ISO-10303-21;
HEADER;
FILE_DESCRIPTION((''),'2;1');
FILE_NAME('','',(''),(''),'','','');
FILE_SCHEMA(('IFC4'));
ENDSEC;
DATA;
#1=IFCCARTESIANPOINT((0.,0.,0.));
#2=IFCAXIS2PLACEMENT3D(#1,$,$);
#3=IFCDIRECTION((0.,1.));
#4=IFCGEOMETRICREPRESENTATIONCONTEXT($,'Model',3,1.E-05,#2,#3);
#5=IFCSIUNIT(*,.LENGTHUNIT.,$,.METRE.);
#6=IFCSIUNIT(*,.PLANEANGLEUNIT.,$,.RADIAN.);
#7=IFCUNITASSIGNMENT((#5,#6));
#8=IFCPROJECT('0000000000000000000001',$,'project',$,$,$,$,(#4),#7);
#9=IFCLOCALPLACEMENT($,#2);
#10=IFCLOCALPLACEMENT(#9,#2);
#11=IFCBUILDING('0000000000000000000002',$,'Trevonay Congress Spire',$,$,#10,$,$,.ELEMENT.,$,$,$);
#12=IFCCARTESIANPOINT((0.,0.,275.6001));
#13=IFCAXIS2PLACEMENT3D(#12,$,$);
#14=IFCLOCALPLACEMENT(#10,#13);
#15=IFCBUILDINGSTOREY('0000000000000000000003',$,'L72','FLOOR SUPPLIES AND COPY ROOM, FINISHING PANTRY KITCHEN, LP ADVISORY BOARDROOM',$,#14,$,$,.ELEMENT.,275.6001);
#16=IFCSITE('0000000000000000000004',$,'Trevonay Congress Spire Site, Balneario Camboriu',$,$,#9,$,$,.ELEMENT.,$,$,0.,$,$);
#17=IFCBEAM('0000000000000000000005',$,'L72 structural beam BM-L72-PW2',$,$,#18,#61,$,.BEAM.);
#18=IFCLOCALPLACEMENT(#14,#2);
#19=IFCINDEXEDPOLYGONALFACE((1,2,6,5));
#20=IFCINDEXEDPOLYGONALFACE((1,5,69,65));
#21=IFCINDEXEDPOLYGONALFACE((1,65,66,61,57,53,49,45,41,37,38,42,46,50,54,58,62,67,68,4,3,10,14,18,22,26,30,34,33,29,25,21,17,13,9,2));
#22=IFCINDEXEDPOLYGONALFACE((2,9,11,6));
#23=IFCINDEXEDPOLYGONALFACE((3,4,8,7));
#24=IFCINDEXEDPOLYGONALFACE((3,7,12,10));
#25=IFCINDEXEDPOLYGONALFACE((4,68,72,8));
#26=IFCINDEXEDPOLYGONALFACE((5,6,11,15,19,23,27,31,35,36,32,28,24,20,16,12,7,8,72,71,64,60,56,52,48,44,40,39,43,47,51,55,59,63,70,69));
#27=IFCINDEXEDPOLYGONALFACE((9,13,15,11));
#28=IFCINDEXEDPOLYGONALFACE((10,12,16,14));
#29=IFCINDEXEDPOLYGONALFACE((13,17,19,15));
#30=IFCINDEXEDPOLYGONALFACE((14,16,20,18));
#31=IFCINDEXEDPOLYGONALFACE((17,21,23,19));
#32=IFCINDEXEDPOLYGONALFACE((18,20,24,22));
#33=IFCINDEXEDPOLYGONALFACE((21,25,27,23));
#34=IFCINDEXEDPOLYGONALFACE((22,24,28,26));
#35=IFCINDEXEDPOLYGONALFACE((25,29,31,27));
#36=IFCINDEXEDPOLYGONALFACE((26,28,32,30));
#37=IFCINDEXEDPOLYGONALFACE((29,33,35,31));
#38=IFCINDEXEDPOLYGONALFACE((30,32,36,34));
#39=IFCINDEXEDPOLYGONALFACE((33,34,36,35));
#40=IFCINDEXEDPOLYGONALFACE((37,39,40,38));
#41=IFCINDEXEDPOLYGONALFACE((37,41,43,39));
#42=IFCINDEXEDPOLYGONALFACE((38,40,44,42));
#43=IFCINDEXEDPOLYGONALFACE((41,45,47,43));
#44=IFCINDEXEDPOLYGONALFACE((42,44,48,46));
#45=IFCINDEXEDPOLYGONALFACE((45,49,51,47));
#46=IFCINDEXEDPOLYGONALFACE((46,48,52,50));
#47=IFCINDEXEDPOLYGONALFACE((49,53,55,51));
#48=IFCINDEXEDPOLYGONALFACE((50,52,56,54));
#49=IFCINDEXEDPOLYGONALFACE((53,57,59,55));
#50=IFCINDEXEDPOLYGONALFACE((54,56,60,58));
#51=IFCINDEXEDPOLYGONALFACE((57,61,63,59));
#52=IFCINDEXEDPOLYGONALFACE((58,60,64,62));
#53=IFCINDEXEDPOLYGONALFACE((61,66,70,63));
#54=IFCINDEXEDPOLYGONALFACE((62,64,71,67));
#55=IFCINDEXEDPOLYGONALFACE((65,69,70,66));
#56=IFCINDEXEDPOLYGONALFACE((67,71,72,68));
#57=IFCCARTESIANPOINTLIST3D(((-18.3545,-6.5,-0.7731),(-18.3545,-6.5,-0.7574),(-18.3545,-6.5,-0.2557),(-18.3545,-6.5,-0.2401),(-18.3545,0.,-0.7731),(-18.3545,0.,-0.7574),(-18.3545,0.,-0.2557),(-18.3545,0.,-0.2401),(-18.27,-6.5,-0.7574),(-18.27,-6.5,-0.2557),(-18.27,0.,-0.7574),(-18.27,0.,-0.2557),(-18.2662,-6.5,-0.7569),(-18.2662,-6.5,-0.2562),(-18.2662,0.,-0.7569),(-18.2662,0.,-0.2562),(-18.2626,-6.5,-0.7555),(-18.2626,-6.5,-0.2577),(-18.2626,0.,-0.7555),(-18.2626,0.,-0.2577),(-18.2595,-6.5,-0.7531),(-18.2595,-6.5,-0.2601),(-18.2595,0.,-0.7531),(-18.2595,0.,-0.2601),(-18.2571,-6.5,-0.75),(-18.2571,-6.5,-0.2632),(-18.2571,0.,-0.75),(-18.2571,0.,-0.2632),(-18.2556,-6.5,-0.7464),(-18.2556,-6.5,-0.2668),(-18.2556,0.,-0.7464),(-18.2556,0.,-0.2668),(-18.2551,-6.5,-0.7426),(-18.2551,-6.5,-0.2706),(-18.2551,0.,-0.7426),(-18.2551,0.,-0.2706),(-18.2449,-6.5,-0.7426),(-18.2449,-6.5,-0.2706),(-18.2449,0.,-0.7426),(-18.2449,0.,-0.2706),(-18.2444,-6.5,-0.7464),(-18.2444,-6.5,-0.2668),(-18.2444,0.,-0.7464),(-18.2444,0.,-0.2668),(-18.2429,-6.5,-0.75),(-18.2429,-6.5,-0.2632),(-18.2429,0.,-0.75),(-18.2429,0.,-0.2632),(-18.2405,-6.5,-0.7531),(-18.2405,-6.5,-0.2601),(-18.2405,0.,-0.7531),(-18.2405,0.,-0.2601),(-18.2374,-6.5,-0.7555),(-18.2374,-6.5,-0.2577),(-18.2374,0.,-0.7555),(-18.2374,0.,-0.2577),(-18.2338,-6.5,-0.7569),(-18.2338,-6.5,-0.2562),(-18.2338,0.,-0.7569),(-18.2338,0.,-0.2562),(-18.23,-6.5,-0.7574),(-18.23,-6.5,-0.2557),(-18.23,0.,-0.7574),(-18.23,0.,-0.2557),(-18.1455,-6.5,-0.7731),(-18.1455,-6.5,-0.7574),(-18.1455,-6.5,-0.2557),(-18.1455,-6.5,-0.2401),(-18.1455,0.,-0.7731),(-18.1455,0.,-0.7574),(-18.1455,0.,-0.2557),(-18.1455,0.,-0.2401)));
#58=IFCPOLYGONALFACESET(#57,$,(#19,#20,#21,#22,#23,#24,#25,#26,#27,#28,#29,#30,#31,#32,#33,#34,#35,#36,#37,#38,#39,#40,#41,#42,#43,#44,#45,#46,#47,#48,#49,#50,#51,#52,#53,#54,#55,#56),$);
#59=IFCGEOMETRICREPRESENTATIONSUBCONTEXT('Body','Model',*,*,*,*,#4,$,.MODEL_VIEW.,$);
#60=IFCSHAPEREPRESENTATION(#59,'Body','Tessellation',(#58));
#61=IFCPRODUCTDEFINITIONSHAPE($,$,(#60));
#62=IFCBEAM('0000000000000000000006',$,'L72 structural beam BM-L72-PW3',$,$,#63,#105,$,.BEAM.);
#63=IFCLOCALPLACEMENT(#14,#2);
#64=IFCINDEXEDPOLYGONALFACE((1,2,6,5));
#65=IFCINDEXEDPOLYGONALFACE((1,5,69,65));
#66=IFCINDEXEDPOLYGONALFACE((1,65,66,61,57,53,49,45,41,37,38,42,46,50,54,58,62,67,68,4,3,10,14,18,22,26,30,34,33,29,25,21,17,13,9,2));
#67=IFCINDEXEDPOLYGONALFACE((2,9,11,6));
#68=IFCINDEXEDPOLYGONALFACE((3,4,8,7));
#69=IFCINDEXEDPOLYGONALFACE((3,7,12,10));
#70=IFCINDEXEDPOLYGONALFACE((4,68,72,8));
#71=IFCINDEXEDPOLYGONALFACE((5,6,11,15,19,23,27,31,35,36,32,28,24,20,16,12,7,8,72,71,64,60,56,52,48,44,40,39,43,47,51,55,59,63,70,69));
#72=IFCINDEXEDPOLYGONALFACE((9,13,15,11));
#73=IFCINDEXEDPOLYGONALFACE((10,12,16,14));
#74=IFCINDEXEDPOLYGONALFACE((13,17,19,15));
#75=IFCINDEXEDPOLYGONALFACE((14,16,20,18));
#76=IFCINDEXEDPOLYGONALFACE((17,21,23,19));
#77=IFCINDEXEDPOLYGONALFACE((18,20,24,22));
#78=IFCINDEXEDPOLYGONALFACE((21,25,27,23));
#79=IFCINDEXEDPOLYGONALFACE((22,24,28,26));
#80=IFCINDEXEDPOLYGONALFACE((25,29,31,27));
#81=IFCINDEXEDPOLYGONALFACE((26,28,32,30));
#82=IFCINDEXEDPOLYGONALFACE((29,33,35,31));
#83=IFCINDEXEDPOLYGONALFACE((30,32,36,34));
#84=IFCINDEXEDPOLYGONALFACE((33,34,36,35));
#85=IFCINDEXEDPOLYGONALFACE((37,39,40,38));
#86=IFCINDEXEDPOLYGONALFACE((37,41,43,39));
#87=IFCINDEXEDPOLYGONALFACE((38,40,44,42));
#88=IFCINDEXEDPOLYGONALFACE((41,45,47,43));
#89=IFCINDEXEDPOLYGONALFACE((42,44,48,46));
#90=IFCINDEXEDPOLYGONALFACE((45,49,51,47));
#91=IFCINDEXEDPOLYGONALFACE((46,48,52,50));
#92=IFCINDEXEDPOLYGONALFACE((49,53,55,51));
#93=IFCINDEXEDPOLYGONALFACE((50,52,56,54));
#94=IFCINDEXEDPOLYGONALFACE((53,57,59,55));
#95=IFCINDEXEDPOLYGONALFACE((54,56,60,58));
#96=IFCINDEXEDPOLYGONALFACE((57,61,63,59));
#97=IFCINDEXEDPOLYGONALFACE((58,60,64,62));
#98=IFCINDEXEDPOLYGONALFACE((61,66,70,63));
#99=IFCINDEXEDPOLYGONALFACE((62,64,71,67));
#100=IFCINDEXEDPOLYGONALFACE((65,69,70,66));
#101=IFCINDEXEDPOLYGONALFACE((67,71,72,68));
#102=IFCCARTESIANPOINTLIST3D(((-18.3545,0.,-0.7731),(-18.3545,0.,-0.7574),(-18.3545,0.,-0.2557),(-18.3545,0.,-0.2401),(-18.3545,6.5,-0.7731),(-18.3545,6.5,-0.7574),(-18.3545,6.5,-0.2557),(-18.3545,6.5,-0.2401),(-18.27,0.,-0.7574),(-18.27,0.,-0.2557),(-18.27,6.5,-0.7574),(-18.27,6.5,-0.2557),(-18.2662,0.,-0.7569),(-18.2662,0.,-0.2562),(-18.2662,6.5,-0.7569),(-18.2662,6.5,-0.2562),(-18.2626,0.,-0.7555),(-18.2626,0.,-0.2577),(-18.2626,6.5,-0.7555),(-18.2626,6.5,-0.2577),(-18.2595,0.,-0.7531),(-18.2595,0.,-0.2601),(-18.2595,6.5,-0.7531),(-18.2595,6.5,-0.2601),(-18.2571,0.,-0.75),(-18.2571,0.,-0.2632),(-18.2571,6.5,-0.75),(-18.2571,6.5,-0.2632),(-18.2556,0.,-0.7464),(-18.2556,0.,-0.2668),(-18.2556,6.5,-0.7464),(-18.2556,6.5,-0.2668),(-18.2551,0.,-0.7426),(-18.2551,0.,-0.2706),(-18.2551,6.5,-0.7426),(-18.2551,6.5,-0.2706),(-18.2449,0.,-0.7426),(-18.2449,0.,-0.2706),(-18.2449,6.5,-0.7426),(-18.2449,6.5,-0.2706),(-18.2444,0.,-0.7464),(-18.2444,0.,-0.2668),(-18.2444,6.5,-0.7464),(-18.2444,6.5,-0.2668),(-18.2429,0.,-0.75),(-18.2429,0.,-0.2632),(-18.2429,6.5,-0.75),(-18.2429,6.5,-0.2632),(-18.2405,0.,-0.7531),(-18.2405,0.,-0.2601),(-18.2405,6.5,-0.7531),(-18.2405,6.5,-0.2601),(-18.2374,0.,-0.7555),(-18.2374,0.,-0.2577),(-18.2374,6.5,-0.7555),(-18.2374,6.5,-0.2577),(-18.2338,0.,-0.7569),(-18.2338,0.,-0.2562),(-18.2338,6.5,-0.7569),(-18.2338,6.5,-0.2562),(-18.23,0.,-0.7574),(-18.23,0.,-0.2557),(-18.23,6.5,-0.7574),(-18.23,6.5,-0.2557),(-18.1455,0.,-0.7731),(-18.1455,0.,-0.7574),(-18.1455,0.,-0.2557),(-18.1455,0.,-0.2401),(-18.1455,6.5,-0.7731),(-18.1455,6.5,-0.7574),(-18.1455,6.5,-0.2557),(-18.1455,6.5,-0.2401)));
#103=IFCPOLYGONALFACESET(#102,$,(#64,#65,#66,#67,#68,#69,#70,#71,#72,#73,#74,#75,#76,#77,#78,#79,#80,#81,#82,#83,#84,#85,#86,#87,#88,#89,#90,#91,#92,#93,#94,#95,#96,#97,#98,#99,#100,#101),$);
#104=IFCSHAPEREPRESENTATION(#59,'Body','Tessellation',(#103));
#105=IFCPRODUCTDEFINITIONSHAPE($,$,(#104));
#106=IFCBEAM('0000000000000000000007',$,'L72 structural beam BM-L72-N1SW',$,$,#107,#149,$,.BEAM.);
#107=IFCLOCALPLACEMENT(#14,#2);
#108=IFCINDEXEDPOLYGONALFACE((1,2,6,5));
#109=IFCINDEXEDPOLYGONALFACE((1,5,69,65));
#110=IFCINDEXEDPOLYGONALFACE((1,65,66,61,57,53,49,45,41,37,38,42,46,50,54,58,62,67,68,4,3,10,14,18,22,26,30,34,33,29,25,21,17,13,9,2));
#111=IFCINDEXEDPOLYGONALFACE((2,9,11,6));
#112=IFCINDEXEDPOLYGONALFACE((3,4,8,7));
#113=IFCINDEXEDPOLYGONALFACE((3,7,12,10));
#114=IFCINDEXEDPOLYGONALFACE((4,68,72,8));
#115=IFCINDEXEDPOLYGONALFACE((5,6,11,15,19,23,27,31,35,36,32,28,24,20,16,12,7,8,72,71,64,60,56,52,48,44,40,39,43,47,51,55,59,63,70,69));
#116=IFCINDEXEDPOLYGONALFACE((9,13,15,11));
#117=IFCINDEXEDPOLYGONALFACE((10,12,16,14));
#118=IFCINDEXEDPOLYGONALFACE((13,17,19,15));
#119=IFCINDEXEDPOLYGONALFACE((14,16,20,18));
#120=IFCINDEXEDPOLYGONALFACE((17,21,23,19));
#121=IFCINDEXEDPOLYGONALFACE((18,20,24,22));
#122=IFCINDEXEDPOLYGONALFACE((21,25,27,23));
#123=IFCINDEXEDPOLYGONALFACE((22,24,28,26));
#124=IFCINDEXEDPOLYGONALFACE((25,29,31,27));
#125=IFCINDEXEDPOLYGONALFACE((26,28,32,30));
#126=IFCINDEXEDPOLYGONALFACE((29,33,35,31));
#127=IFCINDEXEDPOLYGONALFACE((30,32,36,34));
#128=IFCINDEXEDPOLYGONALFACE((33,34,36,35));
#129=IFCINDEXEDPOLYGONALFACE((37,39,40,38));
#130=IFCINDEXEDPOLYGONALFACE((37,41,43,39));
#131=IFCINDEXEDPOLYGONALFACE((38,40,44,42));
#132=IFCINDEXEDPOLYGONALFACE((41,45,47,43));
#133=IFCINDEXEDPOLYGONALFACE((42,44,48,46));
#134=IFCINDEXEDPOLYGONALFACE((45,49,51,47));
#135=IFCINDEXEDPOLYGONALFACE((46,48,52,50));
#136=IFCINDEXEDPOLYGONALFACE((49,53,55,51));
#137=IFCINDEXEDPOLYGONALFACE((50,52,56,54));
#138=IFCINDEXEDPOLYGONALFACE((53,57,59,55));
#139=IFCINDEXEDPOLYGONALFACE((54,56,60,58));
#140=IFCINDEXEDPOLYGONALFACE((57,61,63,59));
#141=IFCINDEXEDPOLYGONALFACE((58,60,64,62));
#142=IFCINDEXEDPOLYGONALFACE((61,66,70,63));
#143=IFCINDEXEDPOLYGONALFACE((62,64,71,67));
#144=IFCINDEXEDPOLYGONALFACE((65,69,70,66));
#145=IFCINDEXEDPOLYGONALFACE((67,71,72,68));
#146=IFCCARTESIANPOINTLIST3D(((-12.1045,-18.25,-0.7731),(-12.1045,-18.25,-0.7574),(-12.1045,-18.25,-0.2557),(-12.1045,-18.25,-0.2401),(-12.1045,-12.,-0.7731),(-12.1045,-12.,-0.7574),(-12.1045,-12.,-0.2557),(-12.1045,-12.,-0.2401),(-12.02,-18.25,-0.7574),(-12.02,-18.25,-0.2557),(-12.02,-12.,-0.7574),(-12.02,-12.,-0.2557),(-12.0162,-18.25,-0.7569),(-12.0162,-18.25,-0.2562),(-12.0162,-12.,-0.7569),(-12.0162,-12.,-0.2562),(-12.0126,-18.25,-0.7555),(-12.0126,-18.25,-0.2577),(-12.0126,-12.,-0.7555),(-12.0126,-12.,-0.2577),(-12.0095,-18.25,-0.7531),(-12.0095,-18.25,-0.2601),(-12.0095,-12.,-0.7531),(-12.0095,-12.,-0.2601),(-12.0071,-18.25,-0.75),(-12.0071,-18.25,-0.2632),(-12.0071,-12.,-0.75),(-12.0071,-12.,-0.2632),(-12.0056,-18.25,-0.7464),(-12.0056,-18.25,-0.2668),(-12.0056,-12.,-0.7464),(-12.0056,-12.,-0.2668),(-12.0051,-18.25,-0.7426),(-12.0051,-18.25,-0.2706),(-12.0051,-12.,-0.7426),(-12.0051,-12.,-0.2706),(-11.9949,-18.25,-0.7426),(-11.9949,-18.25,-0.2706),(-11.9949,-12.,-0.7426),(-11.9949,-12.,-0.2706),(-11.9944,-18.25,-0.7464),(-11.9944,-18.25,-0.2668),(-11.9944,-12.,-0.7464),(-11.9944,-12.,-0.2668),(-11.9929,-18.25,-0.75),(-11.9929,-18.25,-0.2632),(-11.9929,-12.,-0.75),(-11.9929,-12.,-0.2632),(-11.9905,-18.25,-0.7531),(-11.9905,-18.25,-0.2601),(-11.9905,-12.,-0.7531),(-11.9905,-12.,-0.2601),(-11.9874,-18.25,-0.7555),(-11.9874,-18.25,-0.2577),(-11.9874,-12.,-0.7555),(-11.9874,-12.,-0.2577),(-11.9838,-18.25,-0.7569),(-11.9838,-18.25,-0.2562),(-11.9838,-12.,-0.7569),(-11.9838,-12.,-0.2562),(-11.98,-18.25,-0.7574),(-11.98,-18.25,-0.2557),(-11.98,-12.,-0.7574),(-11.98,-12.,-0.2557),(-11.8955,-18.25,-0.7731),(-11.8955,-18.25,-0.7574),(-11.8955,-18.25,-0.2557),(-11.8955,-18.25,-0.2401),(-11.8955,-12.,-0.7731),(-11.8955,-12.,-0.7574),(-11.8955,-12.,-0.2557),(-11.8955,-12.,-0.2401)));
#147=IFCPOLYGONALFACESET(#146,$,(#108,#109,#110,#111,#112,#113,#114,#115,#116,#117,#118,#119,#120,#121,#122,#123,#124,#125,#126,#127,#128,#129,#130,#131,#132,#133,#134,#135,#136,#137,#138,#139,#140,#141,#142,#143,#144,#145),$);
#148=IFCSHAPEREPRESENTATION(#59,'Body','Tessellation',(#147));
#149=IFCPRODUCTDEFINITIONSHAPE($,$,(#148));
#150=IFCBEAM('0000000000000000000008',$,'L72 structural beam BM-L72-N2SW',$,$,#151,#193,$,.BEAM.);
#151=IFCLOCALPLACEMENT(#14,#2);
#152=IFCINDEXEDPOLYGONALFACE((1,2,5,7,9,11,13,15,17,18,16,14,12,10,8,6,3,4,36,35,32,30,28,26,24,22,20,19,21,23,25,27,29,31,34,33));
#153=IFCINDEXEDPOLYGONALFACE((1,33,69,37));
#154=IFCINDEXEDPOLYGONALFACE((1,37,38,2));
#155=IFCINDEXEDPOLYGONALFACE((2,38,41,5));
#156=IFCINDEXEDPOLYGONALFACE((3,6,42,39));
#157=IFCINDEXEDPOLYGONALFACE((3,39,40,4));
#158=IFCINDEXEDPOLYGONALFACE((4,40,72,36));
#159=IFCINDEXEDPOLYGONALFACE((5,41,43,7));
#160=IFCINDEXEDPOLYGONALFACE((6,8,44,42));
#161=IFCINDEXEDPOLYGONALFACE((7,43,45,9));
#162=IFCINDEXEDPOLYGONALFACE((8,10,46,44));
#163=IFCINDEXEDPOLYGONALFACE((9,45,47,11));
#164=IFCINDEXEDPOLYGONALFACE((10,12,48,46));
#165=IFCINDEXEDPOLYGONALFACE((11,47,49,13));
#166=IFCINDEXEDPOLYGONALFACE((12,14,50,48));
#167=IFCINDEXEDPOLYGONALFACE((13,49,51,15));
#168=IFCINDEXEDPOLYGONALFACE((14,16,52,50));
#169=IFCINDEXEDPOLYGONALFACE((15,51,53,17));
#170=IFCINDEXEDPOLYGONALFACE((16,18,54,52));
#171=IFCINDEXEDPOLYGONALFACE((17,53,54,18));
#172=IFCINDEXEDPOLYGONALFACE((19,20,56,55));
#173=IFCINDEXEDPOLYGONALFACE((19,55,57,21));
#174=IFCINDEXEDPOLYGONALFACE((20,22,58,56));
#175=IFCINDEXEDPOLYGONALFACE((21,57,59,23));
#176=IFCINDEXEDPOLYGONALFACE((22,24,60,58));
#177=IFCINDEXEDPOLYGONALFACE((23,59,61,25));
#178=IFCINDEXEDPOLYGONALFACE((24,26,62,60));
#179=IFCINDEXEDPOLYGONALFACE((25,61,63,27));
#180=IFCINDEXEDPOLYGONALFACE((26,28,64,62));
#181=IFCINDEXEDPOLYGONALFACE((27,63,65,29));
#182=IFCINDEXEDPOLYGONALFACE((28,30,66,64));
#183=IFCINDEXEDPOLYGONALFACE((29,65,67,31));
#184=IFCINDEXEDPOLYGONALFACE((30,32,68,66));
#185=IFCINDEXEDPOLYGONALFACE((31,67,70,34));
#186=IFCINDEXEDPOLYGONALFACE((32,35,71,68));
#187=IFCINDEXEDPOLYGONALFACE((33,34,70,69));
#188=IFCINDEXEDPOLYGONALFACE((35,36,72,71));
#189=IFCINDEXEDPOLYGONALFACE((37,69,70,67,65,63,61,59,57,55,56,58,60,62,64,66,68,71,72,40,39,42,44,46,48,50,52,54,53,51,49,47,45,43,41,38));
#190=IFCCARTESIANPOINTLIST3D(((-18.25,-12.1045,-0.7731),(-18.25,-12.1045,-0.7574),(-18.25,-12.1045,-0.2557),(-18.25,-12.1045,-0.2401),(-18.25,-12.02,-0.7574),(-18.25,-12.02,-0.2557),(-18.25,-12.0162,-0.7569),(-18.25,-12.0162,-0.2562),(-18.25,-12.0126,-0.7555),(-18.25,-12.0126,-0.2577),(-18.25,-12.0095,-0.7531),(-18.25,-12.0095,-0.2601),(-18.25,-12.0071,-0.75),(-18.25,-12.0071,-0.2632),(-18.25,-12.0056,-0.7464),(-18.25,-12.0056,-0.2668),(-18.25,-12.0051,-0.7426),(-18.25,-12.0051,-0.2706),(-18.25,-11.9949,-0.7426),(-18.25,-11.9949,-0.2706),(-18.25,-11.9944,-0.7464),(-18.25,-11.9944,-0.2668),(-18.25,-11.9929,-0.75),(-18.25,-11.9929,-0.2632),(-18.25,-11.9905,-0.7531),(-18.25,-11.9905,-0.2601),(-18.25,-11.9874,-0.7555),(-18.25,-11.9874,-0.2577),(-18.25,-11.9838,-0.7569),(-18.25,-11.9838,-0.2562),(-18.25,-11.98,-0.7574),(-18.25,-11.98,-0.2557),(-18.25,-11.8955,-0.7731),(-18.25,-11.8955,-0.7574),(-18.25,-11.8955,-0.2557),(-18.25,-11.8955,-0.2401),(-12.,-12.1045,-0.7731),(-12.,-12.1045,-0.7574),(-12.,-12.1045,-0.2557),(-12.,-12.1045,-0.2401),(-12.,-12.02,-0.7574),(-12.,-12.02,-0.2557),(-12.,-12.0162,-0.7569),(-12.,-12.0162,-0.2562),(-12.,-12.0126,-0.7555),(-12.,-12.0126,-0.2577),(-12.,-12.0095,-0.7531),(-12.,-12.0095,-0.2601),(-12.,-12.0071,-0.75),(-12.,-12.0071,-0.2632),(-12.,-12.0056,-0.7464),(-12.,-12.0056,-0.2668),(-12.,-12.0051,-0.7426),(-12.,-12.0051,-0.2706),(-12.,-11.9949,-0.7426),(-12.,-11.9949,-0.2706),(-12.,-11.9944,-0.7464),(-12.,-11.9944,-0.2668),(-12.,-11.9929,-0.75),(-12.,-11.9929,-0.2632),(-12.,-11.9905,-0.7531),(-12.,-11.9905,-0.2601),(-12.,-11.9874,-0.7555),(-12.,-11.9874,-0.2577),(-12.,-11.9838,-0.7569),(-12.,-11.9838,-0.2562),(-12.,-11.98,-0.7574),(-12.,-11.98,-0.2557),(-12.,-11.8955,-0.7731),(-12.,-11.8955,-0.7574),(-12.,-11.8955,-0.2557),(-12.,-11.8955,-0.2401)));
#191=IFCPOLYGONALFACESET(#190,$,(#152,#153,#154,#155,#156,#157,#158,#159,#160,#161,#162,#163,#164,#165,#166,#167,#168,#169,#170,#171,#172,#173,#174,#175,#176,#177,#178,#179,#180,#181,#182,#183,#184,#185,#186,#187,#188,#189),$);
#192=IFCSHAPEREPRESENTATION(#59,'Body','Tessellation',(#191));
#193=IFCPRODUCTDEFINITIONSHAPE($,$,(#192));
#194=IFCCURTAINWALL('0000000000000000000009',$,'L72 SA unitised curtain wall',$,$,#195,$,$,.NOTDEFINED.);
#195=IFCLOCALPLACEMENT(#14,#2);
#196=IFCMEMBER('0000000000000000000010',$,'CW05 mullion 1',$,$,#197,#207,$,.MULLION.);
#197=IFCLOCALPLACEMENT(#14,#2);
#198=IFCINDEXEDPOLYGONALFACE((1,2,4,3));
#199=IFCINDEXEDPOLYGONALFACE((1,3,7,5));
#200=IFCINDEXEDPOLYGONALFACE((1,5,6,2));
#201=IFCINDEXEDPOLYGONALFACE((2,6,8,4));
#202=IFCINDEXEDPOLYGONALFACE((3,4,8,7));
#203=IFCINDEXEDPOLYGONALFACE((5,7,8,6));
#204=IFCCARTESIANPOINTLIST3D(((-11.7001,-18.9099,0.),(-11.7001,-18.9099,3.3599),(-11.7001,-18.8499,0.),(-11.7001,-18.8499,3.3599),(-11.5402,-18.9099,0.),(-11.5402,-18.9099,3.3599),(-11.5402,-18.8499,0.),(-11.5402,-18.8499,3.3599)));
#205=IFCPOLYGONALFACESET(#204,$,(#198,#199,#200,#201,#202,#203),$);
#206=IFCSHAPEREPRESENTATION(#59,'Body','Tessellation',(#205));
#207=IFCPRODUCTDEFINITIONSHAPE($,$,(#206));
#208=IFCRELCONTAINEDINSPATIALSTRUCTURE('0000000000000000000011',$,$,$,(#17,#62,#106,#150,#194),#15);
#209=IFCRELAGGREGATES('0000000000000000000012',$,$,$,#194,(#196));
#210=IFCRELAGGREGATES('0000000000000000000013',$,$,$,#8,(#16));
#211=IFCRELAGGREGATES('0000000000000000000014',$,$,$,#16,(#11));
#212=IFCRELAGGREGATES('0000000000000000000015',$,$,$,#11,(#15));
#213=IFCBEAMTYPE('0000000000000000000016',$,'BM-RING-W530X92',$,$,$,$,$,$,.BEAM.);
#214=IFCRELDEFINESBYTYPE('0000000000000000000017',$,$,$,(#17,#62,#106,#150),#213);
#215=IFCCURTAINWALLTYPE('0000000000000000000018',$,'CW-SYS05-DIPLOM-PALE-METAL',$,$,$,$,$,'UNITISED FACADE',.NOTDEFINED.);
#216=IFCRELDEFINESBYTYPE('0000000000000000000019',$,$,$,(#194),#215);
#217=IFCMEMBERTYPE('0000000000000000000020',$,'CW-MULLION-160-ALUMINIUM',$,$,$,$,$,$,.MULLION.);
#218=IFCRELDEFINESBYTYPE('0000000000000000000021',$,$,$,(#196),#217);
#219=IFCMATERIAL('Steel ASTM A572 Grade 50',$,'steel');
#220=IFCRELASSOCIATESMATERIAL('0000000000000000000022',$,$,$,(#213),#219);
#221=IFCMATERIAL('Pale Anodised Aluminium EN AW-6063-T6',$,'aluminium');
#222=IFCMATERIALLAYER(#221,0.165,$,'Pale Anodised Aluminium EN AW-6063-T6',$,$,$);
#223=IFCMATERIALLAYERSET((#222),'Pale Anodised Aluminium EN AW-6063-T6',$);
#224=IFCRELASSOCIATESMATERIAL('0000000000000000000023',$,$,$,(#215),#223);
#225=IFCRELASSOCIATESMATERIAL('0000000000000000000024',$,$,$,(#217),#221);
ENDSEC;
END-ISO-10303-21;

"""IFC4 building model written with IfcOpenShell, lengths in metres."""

from ifc_helpers import new_model, si_unit, direction, frame, origin, origin_2d, place, context, subcontext, project, spatial, rectangle, i_section, extrude, material, layer, layer_set, material_profile, profile_set, type_object, element, aggregate, save


model = new_model("IFC4")

# Units and contexts
model_context = context("Model", 3, precision=1e-05, world=origin(), true_north=direction((0.0, 1.0)))
body_context = subcontext(model_context, "Body", "Model", "MODEL_VIEW")
ifc_project = project(units=[si_unit("LENGTHUNIT", "METRE"), si_unit("PLANEANGLEUNIT", "RADIAN")], contexts=[model_context])

# Site, building, storey
site_placement = place(None, origin())
site = spatial("IfcSite", under=ifc_project, at=site_placement, Name="Trevonay Congress Spire Site, Balneario Camboriu", CompositionType="ELEMENT", RefElevation=0.0)
building_placement = place(site_placement, origin())
building = spatial("IfcBuilding", under=site, at=building_placement, Name="Trevonay Congress Spire", CompositionType="ELEMENT")
storey_placement = place(building_placement, frame((0.0, 0.0, 275.6001)))
storey = spatial("IfcBuildingStorey", under=building, at=storey_placement, Name="L72", Description="FLOOR SUPPLIES AND COPY ROOM, FINISHING PANTRY KITCHEN, LP ADVISORY BOARDROOM", CompositionType="ELEMENT", Elevation=275.6001)

# Shared definitions
ifc_material_1 = material(Name="Steel ASTM A572 Grade 50", Category="steel")

# Beams
ifc_material_profile_1 = material_profile(ifc_material_1, i_section(OverallWidth=0.209, OverallDepth=0.533, WebThickness=0.0103, FlangeThickness=0.0156, FilletRadius=0.0149, at=origin_2d()), Name="W530x92")
ifc_profile_set_1 = profile_set([ifc_material_profile_1], Name="Steel ASTM A572 Grade 50")
beam_type_1 = type_object("IfcBeamType", Name="BM-RING-W530X92", PredefinedType="BEAM", material=ifc_profile_set_1)
for number, where, z_axis, x_axis, name in (
    (1, (-18.25, -6.5, -0.5066), (0.0, 1.0, 0.0), (-1.0, 0.0, 0.0), "L72 structural beam BM-L72-PW2"),
    (2, (-18.25, 0.0, -0.5066), (0.0, 1.0, 0.0), (-1.0, 0.0, 0.0), "L72 structural beam BM-L72-PW3"),
):
    element("IfcBeam", number, at=place(storey_placement, frame(where, z_axis=z_axis, x_axis=x_axis)), inside=storey, type_object=beam_type_1, Name=name, PredefinedType="BEAM", context=body_context, shape_type="SweptSolid", body=[
        extrude(i_section(OverallWidth=0.209, OverallDepth=0.533, WebThickness=0.0103, FlangeThickness=0.0156, FilletRadius=0.0149, at=origin_2d()), origin(), (0.0, 0.0, 1.0), 6.5),
    ])
for number, where, z_axis, x_axis, name in (
    (3, (-12.0, -18.25, -0.5066), (0.0, 1.0, 0.0), (-1.0, 0.0, 0.0), "L72 structural beam BM-L72-N1SW"),
    (4, (-18.25, -12.0, -0.5066), (1.0, 0.0, 0.0), (0.0, 1.0, 0.0), "L72 structural beam BM-L72-N2SW"),
):
    element("IfcBeam", number, at=place(storey_placement, frame(where, z_axis=z_axis, x_axis=x_axis)), inside=storey, type_object=beam_type_1, Name=name, PredefinedType="BEAM", context=body_context, shape_type="SweptSolid", body=[
        extrude(i_section(OverallWidth=0.209, OverallDepth=0.533, WebThickness=0.0103, FlangeThickness=0.0156, FilletRadius=0.0149, at=origin_2d()), origin(), (0.0, 0.0, 1.0), 6.25),
    ])

# Curtain wall, member
ifc_material_2 = material(Name="Pale Anodised Aluminium EN AW-6063-T6", Category="aluminium")
ifc_layer_1 = layer(ifc_material_2, 0.165, Name="Pale Anodised Aluminium EN AW-6063-T6")
ifc_layer_set_1 = layer_set([ifc_layer_1], Name="Pale Anodised Aluminium EN AW-6063-T6")
curtain_wall_type = type_object("IfcCurtainWallType", Name="CW-SYS05-DIPLOM-PALE-METAL", ElementType="UNITISED FACADE", PredefinedType="NOTDEFINED", material=ifc_layer_set_1)
curtain_wall_1_placement = place(storey_placement, origin())
curtain_wall_1 = element("IfcCurtainWall", 5, at=curtain_wall_1_placement, inside=storey, type_object=curtain_wall_type, Name="L72 SA unitised curtain wall", PredefinedType="NOTDEFINED")
ifc_material_profile_2 = material_profile(ifc_material_2, rectangle(XDim=0.0601, YDim=0.1599, at=origin_2d()), Name="CW-MULLION-160-ALUMINIUM")
ifc_profile_set_2 = profile_set([ifc_material_profile_2], Name="Pale Anodised Aluminium EN AW-6063-T6")
member_type_1 = type_object("IfcMemberType", Name="CW-MULLION-160-ALUMINIUM", PredefinedType="MULLION", material=ifc_profile_set_2)
member_1_placement = place(storey_placement, frame((-11.6201, -18.8799, 0.0), z_axis=(0.0, 0.0, 1.0), x_axis=(0.0, 1.0, 0.0)))
member_1 = element("IfcMember", 6, at=member_1_placement, type_object=member_type_1, Name="CW05 mullion 1", PredefinedType="MULLION", context=body_context, shape_type="SweptSolid", body=[
    extrude(rectangle(XDim=0.0601, YDim=0.1599, at=origin_2d()), origin(), (0.0, 0.0, 1.0), 3.3599),
])

aggregate(curtain_wall_1, [member_1])

save(model, "model.ifc")
